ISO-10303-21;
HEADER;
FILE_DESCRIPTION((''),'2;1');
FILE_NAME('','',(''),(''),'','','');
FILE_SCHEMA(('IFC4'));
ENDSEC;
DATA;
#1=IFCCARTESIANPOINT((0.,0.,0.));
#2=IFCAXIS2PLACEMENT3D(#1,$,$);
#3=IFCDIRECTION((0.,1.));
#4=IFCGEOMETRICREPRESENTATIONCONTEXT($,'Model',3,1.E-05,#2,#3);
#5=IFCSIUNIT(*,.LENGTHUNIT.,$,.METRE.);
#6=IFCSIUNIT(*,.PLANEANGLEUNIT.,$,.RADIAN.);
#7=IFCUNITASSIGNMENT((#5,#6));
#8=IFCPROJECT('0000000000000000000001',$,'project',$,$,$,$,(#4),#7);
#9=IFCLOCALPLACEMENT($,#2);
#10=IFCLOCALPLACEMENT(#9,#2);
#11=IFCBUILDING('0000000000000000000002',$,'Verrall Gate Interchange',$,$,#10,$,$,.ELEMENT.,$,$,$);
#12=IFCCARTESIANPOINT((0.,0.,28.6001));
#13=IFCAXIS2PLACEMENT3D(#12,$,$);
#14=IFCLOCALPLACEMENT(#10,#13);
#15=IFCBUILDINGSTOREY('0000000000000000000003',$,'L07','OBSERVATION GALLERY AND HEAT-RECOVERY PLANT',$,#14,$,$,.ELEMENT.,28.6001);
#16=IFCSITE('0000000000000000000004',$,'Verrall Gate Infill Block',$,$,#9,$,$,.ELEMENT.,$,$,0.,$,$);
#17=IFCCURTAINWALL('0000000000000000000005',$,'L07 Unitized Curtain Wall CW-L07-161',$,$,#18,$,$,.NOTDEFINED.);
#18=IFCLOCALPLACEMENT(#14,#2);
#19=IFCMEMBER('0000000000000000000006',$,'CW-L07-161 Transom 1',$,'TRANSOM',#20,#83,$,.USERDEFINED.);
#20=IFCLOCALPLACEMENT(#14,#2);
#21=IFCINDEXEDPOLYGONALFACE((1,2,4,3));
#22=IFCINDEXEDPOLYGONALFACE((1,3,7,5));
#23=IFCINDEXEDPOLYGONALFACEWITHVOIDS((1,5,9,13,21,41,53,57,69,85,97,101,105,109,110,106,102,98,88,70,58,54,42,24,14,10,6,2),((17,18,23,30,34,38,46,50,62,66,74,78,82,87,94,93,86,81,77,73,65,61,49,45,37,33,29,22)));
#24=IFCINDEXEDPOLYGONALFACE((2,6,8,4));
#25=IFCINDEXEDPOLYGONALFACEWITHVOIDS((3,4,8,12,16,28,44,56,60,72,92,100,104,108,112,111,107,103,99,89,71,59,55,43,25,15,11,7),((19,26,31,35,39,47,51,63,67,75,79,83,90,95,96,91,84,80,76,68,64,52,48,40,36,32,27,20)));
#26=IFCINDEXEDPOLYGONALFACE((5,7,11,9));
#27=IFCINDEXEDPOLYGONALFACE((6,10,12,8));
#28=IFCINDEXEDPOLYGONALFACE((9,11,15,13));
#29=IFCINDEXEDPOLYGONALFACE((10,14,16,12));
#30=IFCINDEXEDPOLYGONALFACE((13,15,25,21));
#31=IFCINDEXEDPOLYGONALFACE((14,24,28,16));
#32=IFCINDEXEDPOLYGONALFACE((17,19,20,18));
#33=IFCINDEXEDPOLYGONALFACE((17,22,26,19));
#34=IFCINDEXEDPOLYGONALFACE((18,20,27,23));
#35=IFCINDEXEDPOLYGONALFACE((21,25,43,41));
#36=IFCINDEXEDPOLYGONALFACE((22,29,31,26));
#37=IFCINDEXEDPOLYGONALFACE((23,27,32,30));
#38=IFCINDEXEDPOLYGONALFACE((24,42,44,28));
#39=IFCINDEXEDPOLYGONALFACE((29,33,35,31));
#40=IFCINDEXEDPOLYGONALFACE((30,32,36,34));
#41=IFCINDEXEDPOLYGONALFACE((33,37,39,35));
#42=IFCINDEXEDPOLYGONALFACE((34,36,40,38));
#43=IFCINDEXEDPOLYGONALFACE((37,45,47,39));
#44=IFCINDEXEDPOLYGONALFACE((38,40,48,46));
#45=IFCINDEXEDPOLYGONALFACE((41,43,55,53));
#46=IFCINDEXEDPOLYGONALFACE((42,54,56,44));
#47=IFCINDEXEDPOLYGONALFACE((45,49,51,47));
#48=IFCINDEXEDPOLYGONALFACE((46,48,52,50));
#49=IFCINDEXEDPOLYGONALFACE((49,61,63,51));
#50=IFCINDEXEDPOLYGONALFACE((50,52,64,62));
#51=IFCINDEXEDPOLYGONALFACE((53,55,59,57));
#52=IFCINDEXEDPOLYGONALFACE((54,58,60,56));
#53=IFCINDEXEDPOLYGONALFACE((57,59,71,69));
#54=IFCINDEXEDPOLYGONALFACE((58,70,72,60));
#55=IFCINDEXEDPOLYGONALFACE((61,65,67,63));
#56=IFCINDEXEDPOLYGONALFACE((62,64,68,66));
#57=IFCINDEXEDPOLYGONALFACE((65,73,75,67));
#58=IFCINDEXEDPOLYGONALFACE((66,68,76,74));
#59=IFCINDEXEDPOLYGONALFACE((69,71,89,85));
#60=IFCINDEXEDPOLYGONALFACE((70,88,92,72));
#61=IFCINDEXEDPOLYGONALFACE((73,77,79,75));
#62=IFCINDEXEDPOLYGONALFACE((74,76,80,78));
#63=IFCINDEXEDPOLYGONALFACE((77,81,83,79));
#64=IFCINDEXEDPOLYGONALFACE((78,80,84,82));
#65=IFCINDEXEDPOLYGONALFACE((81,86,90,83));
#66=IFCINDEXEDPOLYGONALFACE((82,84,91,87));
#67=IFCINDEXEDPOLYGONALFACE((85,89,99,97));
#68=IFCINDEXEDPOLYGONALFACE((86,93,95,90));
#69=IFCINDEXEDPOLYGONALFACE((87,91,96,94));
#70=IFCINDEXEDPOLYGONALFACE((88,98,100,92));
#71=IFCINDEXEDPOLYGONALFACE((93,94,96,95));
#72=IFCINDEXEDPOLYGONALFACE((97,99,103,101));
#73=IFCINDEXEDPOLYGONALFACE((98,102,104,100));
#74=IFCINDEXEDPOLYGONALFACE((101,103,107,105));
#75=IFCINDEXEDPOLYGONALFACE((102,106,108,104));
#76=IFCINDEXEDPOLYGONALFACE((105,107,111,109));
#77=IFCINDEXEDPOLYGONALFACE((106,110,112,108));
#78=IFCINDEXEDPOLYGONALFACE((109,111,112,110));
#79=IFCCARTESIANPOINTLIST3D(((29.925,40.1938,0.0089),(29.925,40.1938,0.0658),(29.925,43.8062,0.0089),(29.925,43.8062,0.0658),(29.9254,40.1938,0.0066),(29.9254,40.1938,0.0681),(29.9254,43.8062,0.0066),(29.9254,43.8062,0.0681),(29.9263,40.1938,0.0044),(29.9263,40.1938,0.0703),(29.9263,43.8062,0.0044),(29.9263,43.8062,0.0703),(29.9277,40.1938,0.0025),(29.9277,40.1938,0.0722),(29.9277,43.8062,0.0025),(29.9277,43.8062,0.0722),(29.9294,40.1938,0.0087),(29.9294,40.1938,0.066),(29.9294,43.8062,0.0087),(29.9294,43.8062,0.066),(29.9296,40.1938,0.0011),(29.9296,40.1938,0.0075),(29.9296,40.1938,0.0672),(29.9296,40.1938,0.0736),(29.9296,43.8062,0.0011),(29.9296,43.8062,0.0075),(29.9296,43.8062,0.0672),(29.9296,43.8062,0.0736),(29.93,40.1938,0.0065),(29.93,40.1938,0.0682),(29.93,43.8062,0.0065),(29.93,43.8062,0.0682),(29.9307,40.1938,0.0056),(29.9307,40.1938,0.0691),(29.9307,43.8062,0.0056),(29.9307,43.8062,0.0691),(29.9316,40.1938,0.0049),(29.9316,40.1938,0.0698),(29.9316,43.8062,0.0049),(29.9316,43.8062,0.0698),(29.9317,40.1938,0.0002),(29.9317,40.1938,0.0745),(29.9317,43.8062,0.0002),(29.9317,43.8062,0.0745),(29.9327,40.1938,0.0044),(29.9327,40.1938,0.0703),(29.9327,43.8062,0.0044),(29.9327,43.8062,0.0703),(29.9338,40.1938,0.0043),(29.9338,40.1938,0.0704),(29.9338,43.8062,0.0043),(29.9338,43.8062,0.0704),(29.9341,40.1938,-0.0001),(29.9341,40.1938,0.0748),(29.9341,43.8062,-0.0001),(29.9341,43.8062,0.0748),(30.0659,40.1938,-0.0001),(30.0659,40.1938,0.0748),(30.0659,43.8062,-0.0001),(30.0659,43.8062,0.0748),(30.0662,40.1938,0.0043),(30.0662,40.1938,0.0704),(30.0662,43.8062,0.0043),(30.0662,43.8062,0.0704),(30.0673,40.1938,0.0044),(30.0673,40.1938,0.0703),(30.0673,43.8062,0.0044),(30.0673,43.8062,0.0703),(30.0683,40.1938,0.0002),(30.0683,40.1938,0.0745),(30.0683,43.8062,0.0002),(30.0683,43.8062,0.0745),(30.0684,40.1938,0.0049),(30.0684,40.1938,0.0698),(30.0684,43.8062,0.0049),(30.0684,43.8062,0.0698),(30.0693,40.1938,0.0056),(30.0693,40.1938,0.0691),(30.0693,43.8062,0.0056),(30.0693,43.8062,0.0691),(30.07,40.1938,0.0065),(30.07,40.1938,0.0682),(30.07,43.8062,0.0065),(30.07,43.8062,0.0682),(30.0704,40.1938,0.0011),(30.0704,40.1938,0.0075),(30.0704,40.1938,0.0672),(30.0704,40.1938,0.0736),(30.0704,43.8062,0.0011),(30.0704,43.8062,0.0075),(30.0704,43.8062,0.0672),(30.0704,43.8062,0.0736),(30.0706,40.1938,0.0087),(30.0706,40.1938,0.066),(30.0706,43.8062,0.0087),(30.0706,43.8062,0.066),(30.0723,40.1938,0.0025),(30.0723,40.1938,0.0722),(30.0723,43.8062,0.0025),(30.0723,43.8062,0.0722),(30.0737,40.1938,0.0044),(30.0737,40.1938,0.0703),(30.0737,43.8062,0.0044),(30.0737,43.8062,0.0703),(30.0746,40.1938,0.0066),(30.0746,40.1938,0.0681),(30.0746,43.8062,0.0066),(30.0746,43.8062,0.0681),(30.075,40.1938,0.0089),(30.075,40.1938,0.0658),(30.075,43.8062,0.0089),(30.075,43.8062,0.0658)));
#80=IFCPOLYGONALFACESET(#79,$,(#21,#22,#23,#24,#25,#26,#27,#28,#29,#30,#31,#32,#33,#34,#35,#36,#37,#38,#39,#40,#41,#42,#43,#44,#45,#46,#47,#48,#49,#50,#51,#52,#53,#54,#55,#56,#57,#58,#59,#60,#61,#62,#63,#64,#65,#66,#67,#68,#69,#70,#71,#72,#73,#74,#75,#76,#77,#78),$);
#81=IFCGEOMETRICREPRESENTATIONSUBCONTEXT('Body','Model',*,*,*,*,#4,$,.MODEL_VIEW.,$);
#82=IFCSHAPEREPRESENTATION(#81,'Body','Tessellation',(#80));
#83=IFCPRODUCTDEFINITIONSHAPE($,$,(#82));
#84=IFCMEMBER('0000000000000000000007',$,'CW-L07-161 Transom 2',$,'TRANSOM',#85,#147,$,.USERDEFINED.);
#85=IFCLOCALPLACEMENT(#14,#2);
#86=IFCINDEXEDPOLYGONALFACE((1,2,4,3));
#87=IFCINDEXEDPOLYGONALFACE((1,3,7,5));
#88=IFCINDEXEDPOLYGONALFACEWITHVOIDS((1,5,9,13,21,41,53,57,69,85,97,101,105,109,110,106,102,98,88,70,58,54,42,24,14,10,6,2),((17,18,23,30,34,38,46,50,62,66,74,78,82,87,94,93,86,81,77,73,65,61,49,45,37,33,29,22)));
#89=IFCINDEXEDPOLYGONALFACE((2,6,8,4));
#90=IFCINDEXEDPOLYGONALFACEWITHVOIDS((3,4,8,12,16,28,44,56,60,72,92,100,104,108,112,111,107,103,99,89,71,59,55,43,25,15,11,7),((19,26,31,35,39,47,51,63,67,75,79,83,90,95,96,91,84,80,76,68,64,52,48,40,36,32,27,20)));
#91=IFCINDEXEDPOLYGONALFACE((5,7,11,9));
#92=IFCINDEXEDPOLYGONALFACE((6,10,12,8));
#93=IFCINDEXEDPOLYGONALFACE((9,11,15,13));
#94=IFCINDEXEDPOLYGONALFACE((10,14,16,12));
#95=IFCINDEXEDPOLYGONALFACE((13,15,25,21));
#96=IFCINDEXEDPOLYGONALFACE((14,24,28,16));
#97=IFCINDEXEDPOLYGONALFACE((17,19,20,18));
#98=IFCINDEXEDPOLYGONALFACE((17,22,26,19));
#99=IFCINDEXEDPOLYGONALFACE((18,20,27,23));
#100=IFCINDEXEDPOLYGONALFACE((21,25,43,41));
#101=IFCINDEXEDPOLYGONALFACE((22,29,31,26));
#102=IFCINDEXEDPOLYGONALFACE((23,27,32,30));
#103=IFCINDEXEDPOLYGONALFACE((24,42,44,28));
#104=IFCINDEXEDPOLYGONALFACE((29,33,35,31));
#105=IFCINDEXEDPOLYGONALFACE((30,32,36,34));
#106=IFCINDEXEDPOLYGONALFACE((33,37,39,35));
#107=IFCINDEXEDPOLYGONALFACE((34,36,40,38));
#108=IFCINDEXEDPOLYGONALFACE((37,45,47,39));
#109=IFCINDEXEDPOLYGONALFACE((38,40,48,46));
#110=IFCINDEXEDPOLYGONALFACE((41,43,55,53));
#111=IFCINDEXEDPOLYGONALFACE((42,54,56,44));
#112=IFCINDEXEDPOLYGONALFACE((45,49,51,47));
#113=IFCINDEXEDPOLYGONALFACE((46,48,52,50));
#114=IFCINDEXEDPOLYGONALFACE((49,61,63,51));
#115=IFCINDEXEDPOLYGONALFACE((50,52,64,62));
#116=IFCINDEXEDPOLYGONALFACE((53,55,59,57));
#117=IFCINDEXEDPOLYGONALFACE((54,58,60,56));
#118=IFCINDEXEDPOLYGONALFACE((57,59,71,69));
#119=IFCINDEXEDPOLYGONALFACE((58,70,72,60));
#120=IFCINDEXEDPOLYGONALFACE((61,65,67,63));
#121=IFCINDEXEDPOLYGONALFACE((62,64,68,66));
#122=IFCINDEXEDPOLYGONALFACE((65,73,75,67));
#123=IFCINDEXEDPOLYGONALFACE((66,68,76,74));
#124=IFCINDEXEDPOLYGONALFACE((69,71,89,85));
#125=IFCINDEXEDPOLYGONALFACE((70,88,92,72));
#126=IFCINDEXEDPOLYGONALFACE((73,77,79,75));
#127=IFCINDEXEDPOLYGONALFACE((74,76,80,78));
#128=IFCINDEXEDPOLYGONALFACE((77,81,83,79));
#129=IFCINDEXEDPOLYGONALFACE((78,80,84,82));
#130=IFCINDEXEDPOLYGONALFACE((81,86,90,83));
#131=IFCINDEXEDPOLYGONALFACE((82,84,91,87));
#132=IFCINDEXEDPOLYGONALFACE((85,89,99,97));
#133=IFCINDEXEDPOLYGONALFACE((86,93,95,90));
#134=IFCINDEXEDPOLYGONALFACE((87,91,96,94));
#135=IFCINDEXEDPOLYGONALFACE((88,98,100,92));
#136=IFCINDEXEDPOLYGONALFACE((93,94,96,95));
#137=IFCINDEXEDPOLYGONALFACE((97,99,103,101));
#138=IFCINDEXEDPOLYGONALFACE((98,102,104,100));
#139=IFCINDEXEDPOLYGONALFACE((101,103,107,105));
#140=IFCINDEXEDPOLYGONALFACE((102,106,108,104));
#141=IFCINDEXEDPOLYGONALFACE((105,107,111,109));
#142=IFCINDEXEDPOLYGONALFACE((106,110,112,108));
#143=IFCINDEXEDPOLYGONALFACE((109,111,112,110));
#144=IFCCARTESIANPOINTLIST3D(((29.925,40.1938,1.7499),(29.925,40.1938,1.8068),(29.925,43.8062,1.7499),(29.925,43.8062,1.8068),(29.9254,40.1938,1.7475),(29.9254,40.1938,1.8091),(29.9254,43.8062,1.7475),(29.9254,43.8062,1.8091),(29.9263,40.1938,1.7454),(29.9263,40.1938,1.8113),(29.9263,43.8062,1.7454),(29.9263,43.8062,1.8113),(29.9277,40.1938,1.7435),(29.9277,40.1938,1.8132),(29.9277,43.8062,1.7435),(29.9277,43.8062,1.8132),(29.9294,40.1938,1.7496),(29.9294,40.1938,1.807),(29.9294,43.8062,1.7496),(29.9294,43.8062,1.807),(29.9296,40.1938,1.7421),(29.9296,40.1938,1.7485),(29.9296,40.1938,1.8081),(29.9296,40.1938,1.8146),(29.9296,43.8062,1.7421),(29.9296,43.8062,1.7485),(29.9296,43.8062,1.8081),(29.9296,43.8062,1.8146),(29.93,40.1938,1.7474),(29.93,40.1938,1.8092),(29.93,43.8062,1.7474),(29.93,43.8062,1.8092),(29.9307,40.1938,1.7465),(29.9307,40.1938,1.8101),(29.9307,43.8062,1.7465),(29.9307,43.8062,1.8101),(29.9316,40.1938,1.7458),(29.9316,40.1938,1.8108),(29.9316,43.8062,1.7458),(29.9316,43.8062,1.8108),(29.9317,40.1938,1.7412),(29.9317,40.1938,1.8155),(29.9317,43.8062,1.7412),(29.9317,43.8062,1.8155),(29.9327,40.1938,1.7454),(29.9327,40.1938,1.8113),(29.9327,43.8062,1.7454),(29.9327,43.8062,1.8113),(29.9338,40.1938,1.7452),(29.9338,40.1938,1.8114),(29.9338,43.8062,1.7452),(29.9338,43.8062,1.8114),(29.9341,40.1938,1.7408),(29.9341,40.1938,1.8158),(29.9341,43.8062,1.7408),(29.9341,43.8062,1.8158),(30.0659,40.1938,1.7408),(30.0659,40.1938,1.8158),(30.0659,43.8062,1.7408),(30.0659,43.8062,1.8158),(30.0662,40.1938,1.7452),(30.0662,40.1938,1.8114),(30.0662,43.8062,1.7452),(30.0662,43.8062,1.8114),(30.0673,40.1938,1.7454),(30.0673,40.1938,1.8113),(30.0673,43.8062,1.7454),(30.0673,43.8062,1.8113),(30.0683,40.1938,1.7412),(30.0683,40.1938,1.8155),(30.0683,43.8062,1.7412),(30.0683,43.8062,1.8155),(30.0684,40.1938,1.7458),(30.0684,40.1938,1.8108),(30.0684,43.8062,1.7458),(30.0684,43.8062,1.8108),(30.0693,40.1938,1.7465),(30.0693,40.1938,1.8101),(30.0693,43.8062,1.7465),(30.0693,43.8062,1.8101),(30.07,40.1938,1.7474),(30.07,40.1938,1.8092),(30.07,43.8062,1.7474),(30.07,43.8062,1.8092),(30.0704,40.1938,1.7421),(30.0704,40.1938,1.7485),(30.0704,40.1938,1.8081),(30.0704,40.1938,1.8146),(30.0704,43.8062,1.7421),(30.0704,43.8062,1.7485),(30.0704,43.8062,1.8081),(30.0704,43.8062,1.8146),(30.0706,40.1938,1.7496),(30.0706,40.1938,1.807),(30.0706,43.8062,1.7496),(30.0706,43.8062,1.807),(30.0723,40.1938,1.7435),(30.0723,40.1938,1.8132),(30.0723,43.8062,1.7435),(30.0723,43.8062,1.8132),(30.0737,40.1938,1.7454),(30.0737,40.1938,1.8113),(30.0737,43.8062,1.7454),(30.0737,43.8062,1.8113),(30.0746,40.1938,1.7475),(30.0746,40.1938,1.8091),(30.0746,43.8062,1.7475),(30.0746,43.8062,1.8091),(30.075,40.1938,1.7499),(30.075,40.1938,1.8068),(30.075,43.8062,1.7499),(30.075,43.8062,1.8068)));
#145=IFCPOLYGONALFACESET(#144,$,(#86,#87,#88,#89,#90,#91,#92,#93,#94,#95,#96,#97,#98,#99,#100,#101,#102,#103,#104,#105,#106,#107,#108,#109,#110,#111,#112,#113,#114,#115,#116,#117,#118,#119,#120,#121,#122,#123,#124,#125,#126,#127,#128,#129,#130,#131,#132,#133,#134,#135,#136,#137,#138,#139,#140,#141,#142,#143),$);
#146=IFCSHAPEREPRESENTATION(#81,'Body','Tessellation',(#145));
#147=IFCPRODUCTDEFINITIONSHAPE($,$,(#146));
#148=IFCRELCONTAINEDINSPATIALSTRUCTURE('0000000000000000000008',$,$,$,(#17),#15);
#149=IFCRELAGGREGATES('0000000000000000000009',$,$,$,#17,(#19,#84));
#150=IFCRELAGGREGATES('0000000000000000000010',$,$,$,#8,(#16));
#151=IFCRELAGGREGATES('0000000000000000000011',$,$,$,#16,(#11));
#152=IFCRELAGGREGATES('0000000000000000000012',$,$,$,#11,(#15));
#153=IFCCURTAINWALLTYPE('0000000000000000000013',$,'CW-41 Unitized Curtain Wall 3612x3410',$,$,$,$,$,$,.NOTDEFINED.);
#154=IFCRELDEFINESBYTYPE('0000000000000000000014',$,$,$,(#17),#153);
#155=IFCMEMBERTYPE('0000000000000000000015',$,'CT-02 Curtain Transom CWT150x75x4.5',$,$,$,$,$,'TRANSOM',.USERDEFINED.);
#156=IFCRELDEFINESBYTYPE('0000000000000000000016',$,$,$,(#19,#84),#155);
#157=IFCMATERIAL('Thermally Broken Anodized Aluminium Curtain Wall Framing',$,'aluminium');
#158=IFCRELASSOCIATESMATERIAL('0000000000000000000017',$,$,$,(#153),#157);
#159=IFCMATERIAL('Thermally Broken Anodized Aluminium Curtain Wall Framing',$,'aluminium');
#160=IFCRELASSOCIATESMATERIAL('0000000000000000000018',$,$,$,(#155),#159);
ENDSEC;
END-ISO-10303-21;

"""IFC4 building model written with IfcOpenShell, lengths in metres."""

from ifc_helpers import new_model, si_unit, direction, frame, origin, origin_2d, place, context, subcontext, project, spatial, hollow_rectangle, extrude, material, material_profile, profile_set, type_object, element, aggregate, save


model = new_model("IFC4")

# Units and contexts
model_context = context("Model", 3, precision=1e-05, world=origin(), true_north=direction((0.0, 1.0)))
body_context = subcontext(model_context, "Body", "Model", "MODEL_VIEW")
ifc_project = project(units=[si_unit("LENGTHUNIT", "METRE"), si_unit("PLANEANGLEUNIT", "RADIAN")], contexts=[model_context])

# Site, building, storey
site_placement = place(None, origin())
site = spatial("IfcSite", under=ifc_project, at=site_placement, Name="Verrall Gate Infill Block", CompositionType="ELEMENT", RefElevation=0.0)
building_placement = place(site_placement, origin())
building = spatial("IfcBuilding", under=site, at=building_placement, Name="Verrall Gate Interchange", CompositionType="ELEMENT")
storey_placement = place(building_placement, frame((0.0, 0.0, 28.6001)))
storey = spatial("IfcBuildingStorey", under=building, at=storey_placement, Name="L07", Description="OBSERVATION GALLERY AND HEAT-RECOVERY PLANT", CompositionType="ELEMENT", Elevation=28.6001)

# Curtain wall, members
ifc_material_1 = material(Name="Thermally Broken Anodized Aluminium Curtain Wall Framing", Category="aluminium")
curtain_wall_type_1 = type_object("IfcCurtainWallType", Name="CW-41 Unitized Curtain Wall 3612x3410", PredefinedType="NOTDEFINED", material=ifc_material_1)
curtain_wall_1_placement = place(storey_placement, origin())
curtain_wall_1 = element("IfcCurtainWall", 1, at=curtain_wall_1_placement, inside=storey, type_object=curtain_wall_type_1, Name="L07 Unitized Curtain Wall CW-L07-161", PredefinedType="NOTDEFINED")
ifc_material_2 = material(Name="Thermally Broken Anodized Aluminium Curtain Wall Framing", Category="aluminium")
ifc_material_profile_1 = material_profile(ifc_material_2, hollow_rectangle(XDim=0.1499, YDim=0.075, WallThickness=0.0044, InnerFilletRadius=0.0044, OuterFilletRadius=0.009, at=origin_2d()), Name="CWT150x75x4.5")
ifc_profile_set_1 = profile_set([ifc_material_profile_1], Name="Thermally Broken Anodized Aluminium Curtain Wall Framing")
member_type_1 = type_object("IfcMemberType", Name="CT-02 Curtain Transom CWT150x75x4.5", ElementType="TRANSOM", PredefinedType="USERDEFINED", material=ifc_profile_set_1)
member_1_placement = place(storey_placement, frame((30.0, 40.1938, 0.0374), z_axis=(0.0, 1.0, 0.0), x_axis=(-1.0, 0.0, 0.0)))
member_1 = element("IfcMember", 2, at=member_1_placement, type_object=member_type_1, Name="CW-L07-161 Transom 1", ObjectType="TRANSOM", PredefinedType="USERDEFINED", context=body_context, shape_type="SweptSolid", body=[
    extrude(hollow_rectangle(XDim=0.1499, YDim=0.075, WallThickness=0.0044, InnerFilletRadius=0.0044, OuterFilletRadius=0.009, at=origin_2d()), origin(), (0.0, 0.0, 1.0), 3.6123),
])
member_2_placement = place(storey_placement, frame((30.0, 40.1938, 1.7783), z_axis=(0.0, 1.0, 0.0), x_axis=(-1.0, 0.0, 0.0)))
member_2 = element("IfcMember", 3, at=member_2_placement, type_object=member_type_1, Name="CW-L07-161 Transom 2", ObjectType="TRANSOM", PredefinedType="USERDEFINED", context=body_context, shape_type="SweptSolid", body=[
    extrude(hollow_rectangle(XDim=0.1499, YDim=0.075, WallThickness=0.0044, InnerFilletRadius=0.0044, OuterFilletRadius=0.009, at=origin_2d()), origin(), (0.0, 0.0, 1.0), 3.6123),
])

aggregate(curtain_wall_1, [member_1, member_2])

save(model, "model.ifc")
